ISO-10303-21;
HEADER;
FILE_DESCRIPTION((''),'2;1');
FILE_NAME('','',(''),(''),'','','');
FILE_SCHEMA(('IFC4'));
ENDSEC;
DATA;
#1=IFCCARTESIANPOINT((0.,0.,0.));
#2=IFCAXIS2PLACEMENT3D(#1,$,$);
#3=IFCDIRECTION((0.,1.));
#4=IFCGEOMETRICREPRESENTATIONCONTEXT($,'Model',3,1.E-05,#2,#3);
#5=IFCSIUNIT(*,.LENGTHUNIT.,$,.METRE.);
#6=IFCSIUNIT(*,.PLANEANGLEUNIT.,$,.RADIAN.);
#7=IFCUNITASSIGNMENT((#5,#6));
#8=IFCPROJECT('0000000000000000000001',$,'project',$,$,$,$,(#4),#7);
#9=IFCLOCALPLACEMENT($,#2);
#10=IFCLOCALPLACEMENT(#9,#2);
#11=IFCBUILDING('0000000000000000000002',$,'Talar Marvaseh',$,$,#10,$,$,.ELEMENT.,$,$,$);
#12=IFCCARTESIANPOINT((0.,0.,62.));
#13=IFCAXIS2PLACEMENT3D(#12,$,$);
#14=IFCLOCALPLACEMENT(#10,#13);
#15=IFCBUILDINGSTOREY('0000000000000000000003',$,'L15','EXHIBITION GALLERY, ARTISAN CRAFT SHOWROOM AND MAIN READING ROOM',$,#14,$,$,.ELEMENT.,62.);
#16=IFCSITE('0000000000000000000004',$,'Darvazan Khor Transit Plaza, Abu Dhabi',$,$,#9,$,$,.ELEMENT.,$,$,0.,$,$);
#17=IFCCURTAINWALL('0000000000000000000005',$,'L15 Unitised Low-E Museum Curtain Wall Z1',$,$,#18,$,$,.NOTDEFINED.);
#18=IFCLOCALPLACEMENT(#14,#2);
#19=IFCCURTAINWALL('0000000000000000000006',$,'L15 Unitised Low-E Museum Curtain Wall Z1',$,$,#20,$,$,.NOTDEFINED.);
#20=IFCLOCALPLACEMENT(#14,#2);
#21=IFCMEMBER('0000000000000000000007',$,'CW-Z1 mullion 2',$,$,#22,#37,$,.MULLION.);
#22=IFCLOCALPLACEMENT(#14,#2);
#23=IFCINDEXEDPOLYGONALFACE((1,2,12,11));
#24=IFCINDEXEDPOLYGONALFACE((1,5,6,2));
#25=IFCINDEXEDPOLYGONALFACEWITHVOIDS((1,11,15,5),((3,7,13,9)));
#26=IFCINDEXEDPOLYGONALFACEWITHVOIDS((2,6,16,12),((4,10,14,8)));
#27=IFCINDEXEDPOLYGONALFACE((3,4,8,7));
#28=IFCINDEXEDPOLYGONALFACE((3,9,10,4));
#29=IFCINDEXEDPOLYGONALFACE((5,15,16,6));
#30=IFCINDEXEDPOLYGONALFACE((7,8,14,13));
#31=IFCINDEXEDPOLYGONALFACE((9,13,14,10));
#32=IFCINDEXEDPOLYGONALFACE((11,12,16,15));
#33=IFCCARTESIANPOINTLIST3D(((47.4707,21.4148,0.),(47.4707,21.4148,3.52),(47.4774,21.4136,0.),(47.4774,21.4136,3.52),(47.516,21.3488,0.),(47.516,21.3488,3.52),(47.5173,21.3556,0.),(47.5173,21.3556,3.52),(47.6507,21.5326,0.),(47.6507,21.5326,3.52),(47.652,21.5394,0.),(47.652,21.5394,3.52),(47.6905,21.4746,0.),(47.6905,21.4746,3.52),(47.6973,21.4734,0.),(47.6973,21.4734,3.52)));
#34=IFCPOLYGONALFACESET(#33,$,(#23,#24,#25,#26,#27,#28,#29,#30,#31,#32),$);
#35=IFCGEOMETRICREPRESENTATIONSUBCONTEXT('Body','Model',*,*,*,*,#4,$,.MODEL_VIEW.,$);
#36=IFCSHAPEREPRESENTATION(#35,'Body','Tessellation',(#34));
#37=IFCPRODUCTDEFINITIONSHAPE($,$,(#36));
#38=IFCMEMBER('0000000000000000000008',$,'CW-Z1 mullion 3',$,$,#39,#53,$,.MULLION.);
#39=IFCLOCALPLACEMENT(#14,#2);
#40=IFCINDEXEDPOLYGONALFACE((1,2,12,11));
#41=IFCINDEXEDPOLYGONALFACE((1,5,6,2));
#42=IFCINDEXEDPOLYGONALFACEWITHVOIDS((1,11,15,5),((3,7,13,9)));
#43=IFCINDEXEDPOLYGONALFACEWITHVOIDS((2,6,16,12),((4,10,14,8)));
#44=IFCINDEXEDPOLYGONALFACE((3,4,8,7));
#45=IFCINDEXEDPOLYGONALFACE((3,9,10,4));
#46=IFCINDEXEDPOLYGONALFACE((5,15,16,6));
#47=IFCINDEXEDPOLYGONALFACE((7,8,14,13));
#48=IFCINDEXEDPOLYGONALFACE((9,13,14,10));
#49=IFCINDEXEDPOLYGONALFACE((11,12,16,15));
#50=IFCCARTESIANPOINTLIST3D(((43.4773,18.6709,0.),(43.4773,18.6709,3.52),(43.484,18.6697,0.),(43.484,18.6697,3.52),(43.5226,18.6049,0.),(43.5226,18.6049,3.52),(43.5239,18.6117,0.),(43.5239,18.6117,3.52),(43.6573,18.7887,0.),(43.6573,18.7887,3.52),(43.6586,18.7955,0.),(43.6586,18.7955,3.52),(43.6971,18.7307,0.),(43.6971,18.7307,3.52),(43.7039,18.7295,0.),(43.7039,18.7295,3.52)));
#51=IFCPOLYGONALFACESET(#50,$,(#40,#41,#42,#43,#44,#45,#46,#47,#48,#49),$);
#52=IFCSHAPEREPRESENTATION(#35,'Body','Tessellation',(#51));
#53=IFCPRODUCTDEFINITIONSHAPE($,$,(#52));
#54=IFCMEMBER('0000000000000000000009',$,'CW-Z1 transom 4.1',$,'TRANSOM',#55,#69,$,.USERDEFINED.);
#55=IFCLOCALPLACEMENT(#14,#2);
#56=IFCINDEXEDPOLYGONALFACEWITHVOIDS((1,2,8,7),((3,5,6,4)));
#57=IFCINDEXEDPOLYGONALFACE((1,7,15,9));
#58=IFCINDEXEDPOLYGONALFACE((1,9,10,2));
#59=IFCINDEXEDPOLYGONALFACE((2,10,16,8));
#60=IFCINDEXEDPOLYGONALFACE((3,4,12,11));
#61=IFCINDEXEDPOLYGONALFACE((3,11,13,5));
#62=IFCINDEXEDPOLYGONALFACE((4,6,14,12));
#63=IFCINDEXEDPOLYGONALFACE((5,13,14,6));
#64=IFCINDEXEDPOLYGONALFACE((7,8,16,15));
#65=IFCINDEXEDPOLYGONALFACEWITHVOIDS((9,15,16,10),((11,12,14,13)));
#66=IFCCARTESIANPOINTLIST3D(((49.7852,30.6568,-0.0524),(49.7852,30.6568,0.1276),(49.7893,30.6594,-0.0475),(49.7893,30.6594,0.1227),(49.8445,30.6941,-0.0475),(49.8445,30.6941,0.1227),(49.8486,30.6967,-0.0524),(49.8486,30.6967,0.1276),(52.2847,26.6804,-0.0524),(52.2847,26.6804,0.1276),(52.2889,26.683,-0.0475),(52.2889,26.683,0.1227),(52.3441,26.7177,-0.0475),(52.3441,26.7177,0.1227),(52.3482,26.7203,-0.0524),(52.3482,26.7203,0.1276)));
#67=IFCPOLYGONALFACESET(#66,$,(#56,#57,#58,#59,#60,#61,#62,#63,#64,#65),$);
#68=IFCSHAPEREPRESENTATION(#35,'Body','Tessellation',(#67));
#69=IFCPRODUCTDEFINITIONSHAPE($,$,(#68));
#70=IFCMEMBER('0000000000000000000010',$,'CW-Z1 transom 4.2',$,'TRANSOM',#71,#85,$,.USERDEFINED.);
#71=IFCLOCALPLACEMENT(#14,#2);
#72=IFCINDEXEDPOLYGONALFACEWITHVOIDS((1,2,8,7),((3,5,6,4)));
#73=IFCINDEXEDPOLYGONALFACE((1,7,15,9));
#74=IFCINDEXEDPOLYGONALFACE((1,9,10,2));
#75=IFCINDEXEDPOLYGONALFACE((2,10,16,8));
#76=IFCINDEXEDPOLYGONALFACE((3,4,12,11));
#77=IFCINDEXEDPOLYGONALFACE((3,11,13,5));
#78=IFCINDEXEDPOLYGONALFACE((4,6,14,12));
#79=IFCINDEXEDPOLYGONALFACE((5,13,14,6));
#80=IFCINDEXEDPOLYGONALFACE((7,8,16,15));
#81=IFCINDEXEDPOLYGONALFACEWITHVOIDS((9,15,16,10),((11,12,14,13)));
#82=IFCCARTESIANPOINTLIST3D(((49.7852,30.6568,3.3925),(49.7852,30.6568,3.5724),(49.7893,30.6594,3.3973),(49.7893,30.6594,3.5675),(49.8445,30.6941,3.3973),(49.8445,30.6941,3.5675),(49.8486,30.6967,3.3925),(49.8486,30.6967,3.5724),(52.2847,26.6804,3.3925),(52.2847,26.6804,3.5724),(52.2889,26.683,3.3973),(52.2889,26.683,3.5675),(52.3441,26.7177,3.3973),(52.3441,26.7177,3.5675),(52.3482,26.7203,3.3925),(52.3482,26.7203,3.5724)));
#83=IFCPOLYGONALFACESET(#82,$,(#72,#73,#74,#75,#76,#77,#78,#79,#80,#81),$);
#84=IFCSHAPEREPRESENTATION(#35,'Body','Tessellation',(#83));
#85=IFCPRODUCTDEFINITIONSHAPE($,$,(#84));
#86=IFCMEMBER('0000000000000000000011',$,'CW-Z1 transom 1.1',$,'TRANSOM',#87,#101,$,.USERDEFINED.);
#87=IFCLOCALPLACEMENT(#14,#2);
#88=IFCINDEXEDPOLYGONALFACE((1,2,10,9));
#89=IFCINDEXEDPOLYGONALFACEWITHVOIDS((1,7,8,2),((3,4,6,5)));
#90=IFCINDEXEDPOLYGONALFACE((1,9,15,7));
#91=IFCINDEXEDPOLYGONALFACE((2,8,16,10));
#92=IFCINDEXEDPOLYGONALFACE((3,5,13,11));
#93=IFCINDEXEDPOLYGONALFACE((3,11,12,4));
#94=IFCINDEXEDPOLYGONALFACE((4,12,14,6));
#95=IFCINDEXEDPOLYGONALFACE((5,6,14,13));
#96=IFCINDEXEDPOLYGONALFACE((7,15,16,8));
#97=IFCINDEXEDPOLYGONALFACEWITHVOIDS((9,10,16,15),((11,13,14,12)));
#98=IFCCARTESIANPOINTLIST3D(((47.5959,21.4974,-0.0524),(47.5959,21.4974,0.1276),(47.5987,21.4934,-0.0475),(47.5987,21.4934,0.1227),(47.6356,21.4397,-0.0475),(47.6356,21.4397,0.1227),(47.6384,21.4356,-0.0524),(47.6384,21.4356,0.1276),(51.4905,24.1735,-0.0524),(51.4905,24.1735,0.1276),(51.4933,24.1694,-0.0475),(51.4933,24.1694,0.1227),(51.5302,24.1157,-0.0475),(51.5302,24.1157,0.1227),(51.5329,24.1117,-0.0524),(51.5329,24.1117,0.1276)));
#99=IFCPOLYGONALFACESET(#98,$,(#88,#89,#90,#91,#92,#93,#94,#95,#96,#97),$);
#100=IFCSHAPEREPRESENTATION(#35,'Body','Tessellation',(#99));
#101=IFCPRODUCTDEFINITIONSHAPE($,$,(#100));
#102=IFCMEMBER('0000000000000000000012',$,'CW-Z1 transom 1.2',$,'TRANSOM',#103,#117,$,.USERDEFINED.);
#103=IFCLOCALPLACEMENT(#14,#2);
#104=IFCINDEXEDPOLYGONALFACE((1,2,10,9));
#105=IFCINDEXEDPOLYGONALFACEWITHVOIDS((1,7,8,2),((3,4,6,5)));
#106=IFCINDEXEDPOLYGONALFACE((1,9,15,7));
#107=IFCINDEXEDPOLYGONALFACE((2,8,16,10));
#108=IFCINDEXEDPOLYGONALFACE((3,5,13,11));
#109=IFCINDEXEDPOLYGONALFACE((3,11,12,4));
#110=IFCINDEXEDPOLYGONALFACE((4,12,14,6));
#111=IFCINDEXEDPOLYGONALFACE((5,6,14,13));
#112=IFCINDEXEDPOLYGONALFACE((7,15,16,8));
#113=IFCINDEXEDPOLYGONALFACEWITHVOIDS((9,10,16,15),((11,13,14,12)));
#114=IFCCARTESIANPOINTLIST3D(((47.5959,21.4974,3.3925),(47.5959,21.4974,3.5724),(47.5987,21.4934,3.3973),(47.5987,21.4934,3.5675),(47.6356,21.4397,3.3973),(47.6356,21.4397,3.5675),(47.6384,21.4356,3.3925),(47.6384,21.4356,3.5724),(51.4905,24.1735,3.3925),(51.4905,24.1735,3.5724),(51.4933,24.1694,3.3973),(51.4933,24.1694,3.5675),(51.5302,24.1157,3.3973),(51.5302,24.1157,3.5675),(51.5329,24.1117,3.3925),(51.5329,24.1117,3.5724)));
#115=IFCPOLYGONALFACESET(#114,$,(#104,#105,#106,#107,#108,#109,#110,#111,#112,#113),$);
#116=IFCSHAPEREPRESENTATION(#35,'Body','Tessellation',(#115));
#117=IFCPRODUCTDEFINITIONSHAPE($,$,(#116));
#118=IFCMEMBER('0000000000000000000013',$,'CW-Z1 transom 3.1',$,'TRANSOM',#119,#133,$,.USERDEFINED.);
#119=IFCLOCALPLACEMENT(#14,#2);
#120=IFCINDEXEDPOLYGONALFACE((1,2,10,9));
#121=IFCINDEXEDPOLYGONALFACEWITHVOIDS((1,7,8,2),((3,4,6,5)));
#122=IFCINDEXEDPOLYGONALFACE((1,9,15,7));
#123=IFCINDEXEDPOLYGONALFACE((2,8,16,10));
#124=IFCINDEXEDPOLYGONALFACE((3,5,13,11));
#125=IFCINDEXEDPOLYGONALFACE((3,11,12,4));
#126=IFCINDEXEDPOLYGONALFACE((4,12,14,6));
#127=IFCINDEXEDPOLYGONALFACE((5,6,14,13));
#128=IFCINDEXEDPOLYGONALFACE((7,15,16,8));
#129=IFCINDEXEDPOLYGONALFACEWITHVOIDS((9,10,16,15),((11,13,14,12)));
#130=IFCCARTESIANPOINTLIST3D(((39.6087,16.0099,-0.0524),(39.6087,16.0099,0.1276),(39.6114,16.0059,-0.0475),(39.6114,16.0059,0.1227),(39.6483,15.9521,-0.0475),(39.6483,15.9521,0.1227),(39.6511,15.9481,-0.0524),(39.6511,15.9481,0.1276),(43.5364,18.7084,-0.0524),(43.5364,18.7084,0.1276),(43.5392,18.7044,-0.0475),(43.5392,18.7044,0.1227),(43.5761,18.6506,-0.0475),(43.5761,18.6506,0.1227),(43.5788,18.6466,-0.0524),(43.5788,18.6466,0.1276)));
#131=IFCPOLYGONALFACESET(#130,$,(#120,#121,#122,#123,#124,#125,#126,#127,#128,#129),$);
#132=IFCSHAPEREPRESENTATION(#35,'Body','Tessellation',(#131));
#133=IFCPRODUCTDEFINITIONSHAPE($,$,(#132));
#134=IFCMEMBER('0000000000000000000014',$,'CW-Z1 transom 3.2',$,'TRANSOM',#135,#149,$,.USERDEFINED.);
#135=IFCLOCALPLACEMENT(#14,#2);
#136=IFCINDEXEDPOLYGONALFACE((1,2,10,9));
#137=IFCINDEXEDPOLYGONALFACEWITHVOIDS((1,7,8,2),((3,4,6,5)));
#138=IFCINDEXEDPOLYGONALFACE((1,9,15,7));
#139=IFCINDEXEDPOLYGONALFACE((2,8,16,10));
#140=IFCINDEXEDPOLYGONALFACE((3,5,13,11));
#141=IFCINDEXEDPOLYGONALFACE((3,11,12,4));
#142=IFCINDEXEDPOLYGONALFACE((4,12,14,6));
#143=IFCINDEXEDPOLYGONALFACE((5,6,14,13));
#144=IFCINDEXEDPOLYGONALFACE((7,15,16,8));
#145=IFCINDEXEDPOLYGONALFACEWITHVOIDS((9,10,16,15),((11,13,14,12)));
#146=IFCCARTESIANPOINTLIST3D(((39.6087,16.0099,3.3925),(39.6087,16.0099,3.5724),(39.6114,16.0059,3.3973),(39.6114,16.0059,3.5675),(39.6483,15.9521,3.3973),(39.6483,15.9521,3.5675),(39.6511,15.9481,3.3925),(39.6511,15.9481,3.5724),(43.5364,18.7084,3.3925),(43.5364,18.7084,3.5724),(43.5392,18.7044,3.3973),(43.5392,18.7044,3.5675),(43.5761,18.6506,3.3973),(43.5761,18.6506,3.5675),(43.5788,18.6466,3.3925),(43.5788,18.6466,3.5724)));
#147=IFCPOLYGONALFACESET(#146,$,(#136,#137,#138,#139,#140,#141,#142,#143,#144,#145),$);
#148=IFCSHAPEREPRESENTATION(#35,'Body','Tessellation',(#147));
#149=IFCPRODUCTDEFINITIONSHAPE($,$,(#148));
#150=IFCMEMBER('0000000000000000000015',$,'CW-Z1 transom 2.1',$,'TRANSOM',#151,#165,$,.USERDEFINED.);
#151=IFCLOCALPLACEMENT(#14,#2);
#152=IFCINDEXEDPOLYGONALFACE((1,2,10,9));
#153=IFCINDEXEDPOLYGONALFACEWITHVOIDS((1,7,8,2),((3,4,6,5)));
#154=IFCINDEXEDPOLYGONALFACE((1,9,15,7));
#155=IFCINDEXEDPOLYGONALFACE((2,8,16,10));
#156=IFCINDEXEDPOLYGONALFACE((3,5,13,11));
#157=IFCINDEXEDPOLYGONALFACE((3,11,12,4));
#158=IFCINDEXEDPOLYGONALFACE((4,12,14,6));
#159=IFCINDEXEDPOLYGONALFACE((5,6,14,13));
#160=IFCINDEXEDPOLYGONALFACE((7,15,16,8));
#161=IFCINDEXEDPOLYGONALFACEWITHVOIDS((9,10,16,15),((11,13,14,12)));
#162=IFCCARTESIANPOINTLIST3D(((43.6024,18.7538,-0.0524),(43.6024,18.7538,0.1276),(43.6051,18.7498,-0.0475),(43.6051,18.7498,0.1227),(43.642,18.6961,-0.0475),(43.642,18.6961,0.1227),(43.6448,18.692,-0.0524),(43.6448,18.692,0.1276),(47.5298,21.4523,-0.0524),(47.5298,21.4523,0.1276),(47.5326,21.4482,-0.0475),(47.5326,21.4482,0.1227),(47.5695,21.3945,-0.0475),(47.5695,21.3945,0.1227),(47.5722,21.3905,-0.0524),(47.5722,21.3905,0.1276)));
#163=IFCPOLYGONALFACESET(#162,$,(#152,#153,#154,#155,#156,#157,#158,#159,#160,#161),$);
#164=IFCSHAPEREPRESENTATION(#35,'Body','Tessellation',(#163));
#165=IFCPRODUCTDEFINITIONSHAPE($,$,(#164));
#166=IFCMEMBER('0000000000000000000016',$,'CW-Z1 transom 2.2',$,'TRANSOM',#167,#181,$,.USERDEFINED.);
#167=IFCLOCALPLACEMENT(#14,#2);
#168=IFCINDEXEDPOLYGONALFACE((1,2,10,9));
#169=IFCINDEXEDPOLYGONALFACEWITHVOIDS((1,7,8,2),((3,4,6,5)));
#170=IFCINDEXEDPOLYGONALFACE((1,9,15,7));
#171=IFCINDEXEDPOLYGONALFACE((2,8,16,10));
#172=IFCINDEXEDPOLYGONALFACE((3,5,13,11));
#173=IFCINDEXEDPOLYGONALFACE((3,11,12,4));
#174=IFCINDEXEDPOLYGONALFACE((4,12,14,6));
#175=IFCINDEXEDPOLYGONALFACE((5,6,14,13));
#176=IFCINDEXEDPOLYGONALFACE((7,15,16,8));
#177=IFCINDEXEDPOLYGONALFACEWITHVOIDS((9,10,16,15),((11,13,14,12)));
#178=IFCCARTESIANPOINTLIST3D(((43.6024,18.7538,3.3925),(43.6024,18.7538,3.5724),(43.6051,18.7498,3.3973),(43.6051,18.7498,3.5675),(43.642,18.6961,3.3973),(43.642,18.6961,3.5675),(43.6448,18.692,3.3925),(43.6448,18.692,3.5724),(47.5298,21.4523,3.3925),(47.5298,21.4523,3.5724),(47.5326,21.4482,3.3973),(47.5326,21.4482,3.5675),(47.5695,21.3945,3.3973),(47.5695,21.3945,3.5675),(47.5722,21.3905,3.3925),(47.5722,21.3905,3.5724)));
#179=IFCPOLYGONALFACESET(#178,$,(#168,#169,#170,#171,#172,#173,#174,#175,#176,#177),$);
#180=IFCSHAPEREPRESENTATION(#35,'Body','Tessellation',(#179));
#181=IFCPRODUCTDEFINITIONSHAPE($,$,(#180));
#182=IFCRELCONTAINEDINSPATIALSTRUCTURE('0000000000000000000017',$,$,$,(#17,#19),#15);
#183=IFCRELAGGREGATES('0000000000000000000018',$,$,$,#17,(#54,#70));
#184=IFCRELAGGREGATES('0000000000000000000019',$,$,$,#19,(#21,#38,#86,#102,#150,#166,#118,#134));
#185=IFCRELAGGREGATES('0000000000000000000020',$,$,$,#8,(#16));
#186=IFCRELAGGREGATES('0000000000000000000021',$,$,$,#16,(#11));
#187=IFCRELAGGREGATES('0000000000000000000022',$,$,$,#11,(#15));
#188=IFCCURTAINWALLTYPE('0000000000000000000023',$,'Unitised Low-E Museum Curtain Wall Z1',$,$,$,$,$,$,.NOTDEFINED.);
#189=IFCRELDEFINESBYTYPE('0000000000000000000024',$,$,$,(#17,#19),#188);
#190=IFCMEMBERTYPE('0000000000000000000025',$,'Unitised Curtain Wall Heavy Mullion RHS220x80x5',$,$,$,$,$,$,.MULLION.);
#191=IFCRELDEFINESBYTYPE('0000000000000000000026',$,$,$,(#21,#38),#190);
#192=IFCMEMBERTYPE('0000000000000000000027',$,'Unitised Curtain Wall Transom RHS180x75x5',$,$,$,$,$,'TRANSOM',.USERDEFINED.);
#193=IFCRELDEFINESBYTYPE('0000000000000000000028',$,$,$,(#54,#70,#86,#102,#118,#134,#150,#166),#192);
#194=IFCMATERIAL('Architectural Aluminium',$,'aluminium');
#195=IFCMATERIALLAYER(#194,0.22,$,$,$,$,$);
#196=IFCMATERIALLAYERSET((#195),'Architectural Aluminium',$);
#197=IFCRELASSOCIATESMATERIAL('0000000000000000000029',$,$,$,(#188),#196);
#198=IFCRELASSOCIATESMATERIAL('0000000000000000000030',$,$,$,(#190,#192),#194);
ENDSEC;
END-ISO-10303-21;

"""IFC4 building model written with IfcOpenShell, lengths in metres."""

from ifc_helpers import new_model, si_unit, direction, frame, origin, origin_2d, place, context, subcontext, project, spatial, hollow_rectangle, extrude, source, transform, mapped, material, layer, layer_set, material_profile, profile_set, type_object, type_shapes, element, aggregate, save


model = new_model("IFC4")

# Units and contexts
model_context = context("Model", 3, precision=1e-05, world=origin(), true_north=direction((0.0, 1.0)))
body_context = subcontext(model_context, "Body", "Model", "MODEL_VIEW")
ifc_project = project(units=[si_unit("LENGTHUNIT", "METRE"), si_unit("PLANEANGLEUNIT", "RADIAN")], contexts=[model_context])

# Site, building, storey
site_placement = place(None, origin())
site = spatial("IfcSite", under=ifc_project, at=site_placement, Name="Darvazan Khor Transit Plaza, Abu Dhabi", CompositionType="ELEMENT", RefElevation=0.0)
building_placement = place(site_placement, origin())
building = spatial("IfcBuilding", under=site, at=building_placement, Name="Talar Marvaseh", CompositionType="ELEMENT")
storey_placement = place(building_placement, frame((0.0, 0.0, 62.0)))
storey = spatial("IfcBuildingStorey", under=building, at=storey_placement, Name="L15", Description="EXHIBITION GALLERY, ARTISAN CRAFT SHOWROOM AND MAIN READING ROOM", CompositionType="ELEMENT", Elevation=62.0)

# Curtain walls, members
ifc_material_1 = material(Name="Architectural Aluminium", Category="aluminium")
ifc_layer_1 = layer(ifc_material_1, 0.22)
ifc_layer_set_1 = layer_set([ifc_layer_1], Name="Architectural Aluminium")
curtain_wall_type = type_object("IfcCurtainWallType", Name="Unitised Low-E Museum Curtain Wall Z1", PredefinedType="NOTDEFINED", material=ifc_layer_set_1)
curtain_wall_1_placement = place(storey_placement, origin())
curtain_wall_1 = element("IfcCurtainWall", 1, at=curtain_wall_1_placement, inside=storey, type_object=curtain_wall_type, Name="L15 Unitised Low-E Museum Curtain Wall Z1", PredefinedType="NOTDEFINED")
ifc_material_profile_1 = material_profile(ifc_material_1, hollow_rectangle(XDim=0.0801, YDim=0.22, WallThickness=0.0049, at=origin_2d()), Name="RHS220x80x5")
ifc_profile_set_1 = profile_set([ifc_material_profile_1], Name="Architectural Aluminium")
member_type_1 = type_object("IfcMemberType", Name="Unitised Curtain Wall Heavy Mullion RHS220x80x5", PredefinedType="MULLION", material=ifc_profile_set_1)
shared_shape_1 = source(origin(), body_context, "Body", "SweptSolid", [
    extrude(hollow_rectangle(XDim=0.0801, YDim=0.22, WallThickness=0.0049, at=origin_2d()), origin(), (0.0, 0.0, 1.0), 3.52),
])
type_shapes(member_type_1, [shared_shape_1])
curtain_wall_2_placement = place(storey_placement, origin())
curtain_wall_2 = element("IfcCurtainWall", 2, at=curtain_wall_2_placement, inside=storey, type_object=curtain_wall_type, Name="L15 Unitised Low-E Museum Curtain Wall Z1", PredefinedType="NOTDEFINED")
member_1_placement = place(storey_placement, frame((47.584, 21.4441, 0.0), z_axis=(0.0, 0.0, 1.0), x_axis=(0.566277, -0.824215, 0.0)))
member_1 = element("IfcMember", 3, at=member_1_placement, type_object=member_type_1, Name="CW-Z1 mullion 2", PredefinedType="MULLION", context=body_context, shape_type="MappedRepresentation", body=[
    mapped(shared_shape_1, transform((0.0, 0.0, 0.0), x_axis=(1.0, 0.0, 0.0), y_axis=(0.0, 1.0, 0.0), z_axis=(0.0, 0.0, 1.0), scale=1.0)),
])
member_2_placement = place(storey_placement, frame((43.5906, 18.7002, 0.0), z_axis=(0.0, 0.0, 1.0), x_axis=(0.566277, -0.824215, 0.0)))
member_2 = element("IfcMember", 4, at=member_2_placement, type_object=member_type_1, Name="CW-Z1 mullion 3", PredefinedType="MULLION", context=body_context, shape_type="MappedRepresentation", body=[
    mapped(shared_shape_1, transform((0.0, 0.0, 0.0), x_axis=(1.0, 0.0, 0.0), y_axis=(0.0, 1.0, 0.0), z_axis=(0.0, 0.0, 1.0), scale=1.0)),
])

# Members
ifc_material_profile_2 = material_profile(ifc_material_1, hollow_rectangle(XDim=0.075, YDim=0.1799, WallThickness=0.0049, at=origin_2d()), Name="RHS180x75x5")
ifc_profile_set_2 = profile_set([ifc_material_profile_2], Name="Architectural Aluminium")
member_type_2 = type_object("IfcMemberType", Name="Unitised Curtain Wall Transom RHS180x75x5", ElementType="TRANSOM", PredefinedType="USERDEFINED", material=ifc_profile_set_2)
shared_shape_2 = source(origin(), body_context, "Body", "SweptSolid", [
    extrude(hollow_rectangle(XDim=0.075, YDim=0.1799, WallThickness=0.0049, at=origin_2d()), origin(), (0.0, 0.0, 1.0), 4.6968),
])
member_3_placement = place(storey_placement, frame((49.8169, 30.6768, 0.0376), z_axis=(0.532189, -0.846626, 0.0), x_axis=(0.846626, 0.532189, 0.0)))
member_3 = element("IfcMember", 5, at=member_3_placement, type_object=member_type_2, Name="CW-Z1 transom 4.1", ObjectType="TRANSOM", PredefinedType="USERDEFINED", context=body_context, shape_type="MappedRepresentation", body=[
    mapped(shared_shape_2, transform((0.0, 0.0, 0.0), x_axis=(1.0, 0.0, 0.0), y_axis=(0.0, 1.0, 0.0), z_axis=(0.0, 0.0, 1.0), scale=1.0)),
])
member_4_placement = place(storey_placement, frame((49.8169, 30.6768, 3.4824), z_axis=(0.532189, -0.846626, 0.0), x_axis=(0.846626, 0.532189, 0.0)))
member_4 = element("IfcMember", 6, at=member_4_placement, type_object=member_type_2, Name="CW-Z1 transom 4.2", ObjectType="TRANSOM", PredefinedType="USERDEFINED", context=body_context, shape_type="MappedRepresentation", body=[
    mapped(shared_shape_2, transform((0.0, 0.0, 0.0), x_axis=(1.0, 0.0, 0.0), y_axis=(0.0, 1.0, 0.0), z_axis=(0.0, 0.0, 1.0), scale=1.0)),
])
shared_shape_3 = source(origin(), body_context, "Body", "SweptSolid", [
    extrude(hollow_rectangle(XDim=0.075, YDim=0.1799, WallThickness=0.0049, at=origin_2d()), origin(), (0.0, 0.0, 1.0), 4.7253),
])
member_5_placement = place(storey_placement, frame((51.5117, 24.1426, 0.0376), z_axis=(-0.824187, -0.566318, 0.0), x_axis=(0.566318, -0.824187, 0.0)))
member_5 = element("IfcMember", 7, at=member_5_placement, type_object=member_type_2, Name="CW-Z1 transom 1.1", ObjectType="TRANSOM", PredefinedType="USERDEFINED", context=body_context, shape_type="MappedRepresentation", body=[
    mapped(shared_shape_3, transform((0.0, 0.0, 0.0), x_axis=(1.0, 0.0, 0.0), y_axis=(0.0, 1.0, 0.0), z_axis=(0.0, 0.0, 1.0), scale=1.0)),
])
member_6_placement = place(storey_placement, frame((51.5117, 24.1426, 3.4824), z_axis=(-0.824187, -0.566318, 0.0), x_axis=(0.566318, -0.824187, 0.0)))
member_6 = element("IfcMember", 8, at=member_6_placement, type_object=member_type_2, Name="CW-Z1 transom 1.2", ObjectType="TRANSOM", PredefinedType="USERDEFINED", context=body_context, shape_type="MappedRepresentation", body=[
    mapped(shared_shape_3, transform((0.0, 0.0, 0.0), x_axis=(1.0, 0.0, 0.0), y_axis=(0.0, 1.0, 0.0), z_axis=(0.0, 0.0, 1.0), scale=1.0)),
])
shared_shape_4 = source(origin(), body_context, "Body", "SweptSolid", [
    extrude(hollow_rectangle(XDim=0.075, YDim=0.1799, WallThickness=0.0049, at=origin_2d()), origin(), (0.0, 0.0, 1.0), 4.7654),
])
member_7_placement = place(storey_placement, frame((43.5576, 18.6775, 0.0376), z_axis=(-0.824221, -0.566268, 0.0), x_axis=(0.566268, -0.824221, 0.0)))
member_7 = element("IfcMember", 9, at=member_7_placement, type_object=member_type_2, Name="CW-Z1 transom 3.1", ObjectType="TRANSOM", PredefinedType="USERDEFINED", context=body_context, shape_type="MappedRepresentation", body=[
    mapped(shared_shape_4, transform((0.0, 0.0, 0.0), x_axis=(1.0, 0.0, 0.0), y_axis=(0.0, 1.0, 0.0), z_axis=(0.0, 0.0, 1.0), scale=1.0)),
])
member_8_placement = place(storey_placement, frame((43.5576, 18.6775, 3.4824), z_axis=(-0.824221, -0.566268, 0.0), x_axis=(0.566268, -0.824221, 0.0)))
member_8 = element("IfcMember", 10, at=member_8_placement, type_object=member_type_2, Name="CW-Z1 transom 3.2", ObjectType="TRANSOM", PredefinedType="USERDEFINED", context=body_context, shape_type="MappedRepresentation", body=[
    mapped(shared_shape_4, transform((0.0, 0.0, 0.0), x_axis=(1.0, 0.0, 0.0), y_axis=(0.0, 1.0, 0.0), z_axis=(0.0, 0.0, 1.0), scale=1.0)),
])
shared_shape_5 = source(origin(), body_context, "Body", "SweptSolid", [
    extrude(hollow_rectangle(XDim=0.075, YDim=0.1799, WallThickness=0.0049, at=origin_2d()), origin(), (0.0, 0.0, 1.0), 4.7651),
])
type_shapes(member_type_2, [shared_shape_2, shared_shape_3, shared_shape_4, shared_shape_5])
member_9_placement = place(storey_placement, frame((47.551, 21.4214, 0.0376), z_axis=(-0.824205, -0.566292, 0.0), x_axis=(0.566292, -0.824205, 0.0)))
member_9 = element("IfcMember", 11, at=member_9_placement, type_object=member_type_2, Name="CW-Z1 transom 2.1", ObjectType="TRANSOM", PredefinedType="USERDEFINED", context=body_context, shape_type="MappedRepresentation", body=[
    mapped(shared_shape_5, transform((0.0, 0.0, 0.0), x_axis=(1.0, 0.0, 0.0), y_axis=(0.0, 1.0, 0.0), z_axis=(0.0, 0.0, 1.0), scale=1.0)),
])
member_10_placement = place(storey_placement, frame((47.551, 21.4214, 3.4824), z_axis=(-0.824205, -0.566292, 0.0), x_axis=(0.566292, -0.824205, 0.0)))
member_10 = element("IfcMember", 12, at=member_10_placement, type_object=member_type_2, Name="CW-Z1 transom 2.2", ObjectType="TRANSOM", PredefinedType="USERDEFINED", context=body_context, shape_type="MappedRepresentation", body=[
    mapped(shared_shape_5, transform((0.0, 0.0, 0.0), x_axis=(1.0, 0.0, 0.0), y_axis=(0.0, 1.0, 0.0), z_axis=(0.0, 0.0, 1.0), scale=1.0)),
])

aggregate(curtain_wall_1, [member_3, member_4])
aggregate(curtain_wall_2, [member_1, member_2, member_5, member_6, member_9, member_10, member_7, member_8])

save(model, "model.ifc")
